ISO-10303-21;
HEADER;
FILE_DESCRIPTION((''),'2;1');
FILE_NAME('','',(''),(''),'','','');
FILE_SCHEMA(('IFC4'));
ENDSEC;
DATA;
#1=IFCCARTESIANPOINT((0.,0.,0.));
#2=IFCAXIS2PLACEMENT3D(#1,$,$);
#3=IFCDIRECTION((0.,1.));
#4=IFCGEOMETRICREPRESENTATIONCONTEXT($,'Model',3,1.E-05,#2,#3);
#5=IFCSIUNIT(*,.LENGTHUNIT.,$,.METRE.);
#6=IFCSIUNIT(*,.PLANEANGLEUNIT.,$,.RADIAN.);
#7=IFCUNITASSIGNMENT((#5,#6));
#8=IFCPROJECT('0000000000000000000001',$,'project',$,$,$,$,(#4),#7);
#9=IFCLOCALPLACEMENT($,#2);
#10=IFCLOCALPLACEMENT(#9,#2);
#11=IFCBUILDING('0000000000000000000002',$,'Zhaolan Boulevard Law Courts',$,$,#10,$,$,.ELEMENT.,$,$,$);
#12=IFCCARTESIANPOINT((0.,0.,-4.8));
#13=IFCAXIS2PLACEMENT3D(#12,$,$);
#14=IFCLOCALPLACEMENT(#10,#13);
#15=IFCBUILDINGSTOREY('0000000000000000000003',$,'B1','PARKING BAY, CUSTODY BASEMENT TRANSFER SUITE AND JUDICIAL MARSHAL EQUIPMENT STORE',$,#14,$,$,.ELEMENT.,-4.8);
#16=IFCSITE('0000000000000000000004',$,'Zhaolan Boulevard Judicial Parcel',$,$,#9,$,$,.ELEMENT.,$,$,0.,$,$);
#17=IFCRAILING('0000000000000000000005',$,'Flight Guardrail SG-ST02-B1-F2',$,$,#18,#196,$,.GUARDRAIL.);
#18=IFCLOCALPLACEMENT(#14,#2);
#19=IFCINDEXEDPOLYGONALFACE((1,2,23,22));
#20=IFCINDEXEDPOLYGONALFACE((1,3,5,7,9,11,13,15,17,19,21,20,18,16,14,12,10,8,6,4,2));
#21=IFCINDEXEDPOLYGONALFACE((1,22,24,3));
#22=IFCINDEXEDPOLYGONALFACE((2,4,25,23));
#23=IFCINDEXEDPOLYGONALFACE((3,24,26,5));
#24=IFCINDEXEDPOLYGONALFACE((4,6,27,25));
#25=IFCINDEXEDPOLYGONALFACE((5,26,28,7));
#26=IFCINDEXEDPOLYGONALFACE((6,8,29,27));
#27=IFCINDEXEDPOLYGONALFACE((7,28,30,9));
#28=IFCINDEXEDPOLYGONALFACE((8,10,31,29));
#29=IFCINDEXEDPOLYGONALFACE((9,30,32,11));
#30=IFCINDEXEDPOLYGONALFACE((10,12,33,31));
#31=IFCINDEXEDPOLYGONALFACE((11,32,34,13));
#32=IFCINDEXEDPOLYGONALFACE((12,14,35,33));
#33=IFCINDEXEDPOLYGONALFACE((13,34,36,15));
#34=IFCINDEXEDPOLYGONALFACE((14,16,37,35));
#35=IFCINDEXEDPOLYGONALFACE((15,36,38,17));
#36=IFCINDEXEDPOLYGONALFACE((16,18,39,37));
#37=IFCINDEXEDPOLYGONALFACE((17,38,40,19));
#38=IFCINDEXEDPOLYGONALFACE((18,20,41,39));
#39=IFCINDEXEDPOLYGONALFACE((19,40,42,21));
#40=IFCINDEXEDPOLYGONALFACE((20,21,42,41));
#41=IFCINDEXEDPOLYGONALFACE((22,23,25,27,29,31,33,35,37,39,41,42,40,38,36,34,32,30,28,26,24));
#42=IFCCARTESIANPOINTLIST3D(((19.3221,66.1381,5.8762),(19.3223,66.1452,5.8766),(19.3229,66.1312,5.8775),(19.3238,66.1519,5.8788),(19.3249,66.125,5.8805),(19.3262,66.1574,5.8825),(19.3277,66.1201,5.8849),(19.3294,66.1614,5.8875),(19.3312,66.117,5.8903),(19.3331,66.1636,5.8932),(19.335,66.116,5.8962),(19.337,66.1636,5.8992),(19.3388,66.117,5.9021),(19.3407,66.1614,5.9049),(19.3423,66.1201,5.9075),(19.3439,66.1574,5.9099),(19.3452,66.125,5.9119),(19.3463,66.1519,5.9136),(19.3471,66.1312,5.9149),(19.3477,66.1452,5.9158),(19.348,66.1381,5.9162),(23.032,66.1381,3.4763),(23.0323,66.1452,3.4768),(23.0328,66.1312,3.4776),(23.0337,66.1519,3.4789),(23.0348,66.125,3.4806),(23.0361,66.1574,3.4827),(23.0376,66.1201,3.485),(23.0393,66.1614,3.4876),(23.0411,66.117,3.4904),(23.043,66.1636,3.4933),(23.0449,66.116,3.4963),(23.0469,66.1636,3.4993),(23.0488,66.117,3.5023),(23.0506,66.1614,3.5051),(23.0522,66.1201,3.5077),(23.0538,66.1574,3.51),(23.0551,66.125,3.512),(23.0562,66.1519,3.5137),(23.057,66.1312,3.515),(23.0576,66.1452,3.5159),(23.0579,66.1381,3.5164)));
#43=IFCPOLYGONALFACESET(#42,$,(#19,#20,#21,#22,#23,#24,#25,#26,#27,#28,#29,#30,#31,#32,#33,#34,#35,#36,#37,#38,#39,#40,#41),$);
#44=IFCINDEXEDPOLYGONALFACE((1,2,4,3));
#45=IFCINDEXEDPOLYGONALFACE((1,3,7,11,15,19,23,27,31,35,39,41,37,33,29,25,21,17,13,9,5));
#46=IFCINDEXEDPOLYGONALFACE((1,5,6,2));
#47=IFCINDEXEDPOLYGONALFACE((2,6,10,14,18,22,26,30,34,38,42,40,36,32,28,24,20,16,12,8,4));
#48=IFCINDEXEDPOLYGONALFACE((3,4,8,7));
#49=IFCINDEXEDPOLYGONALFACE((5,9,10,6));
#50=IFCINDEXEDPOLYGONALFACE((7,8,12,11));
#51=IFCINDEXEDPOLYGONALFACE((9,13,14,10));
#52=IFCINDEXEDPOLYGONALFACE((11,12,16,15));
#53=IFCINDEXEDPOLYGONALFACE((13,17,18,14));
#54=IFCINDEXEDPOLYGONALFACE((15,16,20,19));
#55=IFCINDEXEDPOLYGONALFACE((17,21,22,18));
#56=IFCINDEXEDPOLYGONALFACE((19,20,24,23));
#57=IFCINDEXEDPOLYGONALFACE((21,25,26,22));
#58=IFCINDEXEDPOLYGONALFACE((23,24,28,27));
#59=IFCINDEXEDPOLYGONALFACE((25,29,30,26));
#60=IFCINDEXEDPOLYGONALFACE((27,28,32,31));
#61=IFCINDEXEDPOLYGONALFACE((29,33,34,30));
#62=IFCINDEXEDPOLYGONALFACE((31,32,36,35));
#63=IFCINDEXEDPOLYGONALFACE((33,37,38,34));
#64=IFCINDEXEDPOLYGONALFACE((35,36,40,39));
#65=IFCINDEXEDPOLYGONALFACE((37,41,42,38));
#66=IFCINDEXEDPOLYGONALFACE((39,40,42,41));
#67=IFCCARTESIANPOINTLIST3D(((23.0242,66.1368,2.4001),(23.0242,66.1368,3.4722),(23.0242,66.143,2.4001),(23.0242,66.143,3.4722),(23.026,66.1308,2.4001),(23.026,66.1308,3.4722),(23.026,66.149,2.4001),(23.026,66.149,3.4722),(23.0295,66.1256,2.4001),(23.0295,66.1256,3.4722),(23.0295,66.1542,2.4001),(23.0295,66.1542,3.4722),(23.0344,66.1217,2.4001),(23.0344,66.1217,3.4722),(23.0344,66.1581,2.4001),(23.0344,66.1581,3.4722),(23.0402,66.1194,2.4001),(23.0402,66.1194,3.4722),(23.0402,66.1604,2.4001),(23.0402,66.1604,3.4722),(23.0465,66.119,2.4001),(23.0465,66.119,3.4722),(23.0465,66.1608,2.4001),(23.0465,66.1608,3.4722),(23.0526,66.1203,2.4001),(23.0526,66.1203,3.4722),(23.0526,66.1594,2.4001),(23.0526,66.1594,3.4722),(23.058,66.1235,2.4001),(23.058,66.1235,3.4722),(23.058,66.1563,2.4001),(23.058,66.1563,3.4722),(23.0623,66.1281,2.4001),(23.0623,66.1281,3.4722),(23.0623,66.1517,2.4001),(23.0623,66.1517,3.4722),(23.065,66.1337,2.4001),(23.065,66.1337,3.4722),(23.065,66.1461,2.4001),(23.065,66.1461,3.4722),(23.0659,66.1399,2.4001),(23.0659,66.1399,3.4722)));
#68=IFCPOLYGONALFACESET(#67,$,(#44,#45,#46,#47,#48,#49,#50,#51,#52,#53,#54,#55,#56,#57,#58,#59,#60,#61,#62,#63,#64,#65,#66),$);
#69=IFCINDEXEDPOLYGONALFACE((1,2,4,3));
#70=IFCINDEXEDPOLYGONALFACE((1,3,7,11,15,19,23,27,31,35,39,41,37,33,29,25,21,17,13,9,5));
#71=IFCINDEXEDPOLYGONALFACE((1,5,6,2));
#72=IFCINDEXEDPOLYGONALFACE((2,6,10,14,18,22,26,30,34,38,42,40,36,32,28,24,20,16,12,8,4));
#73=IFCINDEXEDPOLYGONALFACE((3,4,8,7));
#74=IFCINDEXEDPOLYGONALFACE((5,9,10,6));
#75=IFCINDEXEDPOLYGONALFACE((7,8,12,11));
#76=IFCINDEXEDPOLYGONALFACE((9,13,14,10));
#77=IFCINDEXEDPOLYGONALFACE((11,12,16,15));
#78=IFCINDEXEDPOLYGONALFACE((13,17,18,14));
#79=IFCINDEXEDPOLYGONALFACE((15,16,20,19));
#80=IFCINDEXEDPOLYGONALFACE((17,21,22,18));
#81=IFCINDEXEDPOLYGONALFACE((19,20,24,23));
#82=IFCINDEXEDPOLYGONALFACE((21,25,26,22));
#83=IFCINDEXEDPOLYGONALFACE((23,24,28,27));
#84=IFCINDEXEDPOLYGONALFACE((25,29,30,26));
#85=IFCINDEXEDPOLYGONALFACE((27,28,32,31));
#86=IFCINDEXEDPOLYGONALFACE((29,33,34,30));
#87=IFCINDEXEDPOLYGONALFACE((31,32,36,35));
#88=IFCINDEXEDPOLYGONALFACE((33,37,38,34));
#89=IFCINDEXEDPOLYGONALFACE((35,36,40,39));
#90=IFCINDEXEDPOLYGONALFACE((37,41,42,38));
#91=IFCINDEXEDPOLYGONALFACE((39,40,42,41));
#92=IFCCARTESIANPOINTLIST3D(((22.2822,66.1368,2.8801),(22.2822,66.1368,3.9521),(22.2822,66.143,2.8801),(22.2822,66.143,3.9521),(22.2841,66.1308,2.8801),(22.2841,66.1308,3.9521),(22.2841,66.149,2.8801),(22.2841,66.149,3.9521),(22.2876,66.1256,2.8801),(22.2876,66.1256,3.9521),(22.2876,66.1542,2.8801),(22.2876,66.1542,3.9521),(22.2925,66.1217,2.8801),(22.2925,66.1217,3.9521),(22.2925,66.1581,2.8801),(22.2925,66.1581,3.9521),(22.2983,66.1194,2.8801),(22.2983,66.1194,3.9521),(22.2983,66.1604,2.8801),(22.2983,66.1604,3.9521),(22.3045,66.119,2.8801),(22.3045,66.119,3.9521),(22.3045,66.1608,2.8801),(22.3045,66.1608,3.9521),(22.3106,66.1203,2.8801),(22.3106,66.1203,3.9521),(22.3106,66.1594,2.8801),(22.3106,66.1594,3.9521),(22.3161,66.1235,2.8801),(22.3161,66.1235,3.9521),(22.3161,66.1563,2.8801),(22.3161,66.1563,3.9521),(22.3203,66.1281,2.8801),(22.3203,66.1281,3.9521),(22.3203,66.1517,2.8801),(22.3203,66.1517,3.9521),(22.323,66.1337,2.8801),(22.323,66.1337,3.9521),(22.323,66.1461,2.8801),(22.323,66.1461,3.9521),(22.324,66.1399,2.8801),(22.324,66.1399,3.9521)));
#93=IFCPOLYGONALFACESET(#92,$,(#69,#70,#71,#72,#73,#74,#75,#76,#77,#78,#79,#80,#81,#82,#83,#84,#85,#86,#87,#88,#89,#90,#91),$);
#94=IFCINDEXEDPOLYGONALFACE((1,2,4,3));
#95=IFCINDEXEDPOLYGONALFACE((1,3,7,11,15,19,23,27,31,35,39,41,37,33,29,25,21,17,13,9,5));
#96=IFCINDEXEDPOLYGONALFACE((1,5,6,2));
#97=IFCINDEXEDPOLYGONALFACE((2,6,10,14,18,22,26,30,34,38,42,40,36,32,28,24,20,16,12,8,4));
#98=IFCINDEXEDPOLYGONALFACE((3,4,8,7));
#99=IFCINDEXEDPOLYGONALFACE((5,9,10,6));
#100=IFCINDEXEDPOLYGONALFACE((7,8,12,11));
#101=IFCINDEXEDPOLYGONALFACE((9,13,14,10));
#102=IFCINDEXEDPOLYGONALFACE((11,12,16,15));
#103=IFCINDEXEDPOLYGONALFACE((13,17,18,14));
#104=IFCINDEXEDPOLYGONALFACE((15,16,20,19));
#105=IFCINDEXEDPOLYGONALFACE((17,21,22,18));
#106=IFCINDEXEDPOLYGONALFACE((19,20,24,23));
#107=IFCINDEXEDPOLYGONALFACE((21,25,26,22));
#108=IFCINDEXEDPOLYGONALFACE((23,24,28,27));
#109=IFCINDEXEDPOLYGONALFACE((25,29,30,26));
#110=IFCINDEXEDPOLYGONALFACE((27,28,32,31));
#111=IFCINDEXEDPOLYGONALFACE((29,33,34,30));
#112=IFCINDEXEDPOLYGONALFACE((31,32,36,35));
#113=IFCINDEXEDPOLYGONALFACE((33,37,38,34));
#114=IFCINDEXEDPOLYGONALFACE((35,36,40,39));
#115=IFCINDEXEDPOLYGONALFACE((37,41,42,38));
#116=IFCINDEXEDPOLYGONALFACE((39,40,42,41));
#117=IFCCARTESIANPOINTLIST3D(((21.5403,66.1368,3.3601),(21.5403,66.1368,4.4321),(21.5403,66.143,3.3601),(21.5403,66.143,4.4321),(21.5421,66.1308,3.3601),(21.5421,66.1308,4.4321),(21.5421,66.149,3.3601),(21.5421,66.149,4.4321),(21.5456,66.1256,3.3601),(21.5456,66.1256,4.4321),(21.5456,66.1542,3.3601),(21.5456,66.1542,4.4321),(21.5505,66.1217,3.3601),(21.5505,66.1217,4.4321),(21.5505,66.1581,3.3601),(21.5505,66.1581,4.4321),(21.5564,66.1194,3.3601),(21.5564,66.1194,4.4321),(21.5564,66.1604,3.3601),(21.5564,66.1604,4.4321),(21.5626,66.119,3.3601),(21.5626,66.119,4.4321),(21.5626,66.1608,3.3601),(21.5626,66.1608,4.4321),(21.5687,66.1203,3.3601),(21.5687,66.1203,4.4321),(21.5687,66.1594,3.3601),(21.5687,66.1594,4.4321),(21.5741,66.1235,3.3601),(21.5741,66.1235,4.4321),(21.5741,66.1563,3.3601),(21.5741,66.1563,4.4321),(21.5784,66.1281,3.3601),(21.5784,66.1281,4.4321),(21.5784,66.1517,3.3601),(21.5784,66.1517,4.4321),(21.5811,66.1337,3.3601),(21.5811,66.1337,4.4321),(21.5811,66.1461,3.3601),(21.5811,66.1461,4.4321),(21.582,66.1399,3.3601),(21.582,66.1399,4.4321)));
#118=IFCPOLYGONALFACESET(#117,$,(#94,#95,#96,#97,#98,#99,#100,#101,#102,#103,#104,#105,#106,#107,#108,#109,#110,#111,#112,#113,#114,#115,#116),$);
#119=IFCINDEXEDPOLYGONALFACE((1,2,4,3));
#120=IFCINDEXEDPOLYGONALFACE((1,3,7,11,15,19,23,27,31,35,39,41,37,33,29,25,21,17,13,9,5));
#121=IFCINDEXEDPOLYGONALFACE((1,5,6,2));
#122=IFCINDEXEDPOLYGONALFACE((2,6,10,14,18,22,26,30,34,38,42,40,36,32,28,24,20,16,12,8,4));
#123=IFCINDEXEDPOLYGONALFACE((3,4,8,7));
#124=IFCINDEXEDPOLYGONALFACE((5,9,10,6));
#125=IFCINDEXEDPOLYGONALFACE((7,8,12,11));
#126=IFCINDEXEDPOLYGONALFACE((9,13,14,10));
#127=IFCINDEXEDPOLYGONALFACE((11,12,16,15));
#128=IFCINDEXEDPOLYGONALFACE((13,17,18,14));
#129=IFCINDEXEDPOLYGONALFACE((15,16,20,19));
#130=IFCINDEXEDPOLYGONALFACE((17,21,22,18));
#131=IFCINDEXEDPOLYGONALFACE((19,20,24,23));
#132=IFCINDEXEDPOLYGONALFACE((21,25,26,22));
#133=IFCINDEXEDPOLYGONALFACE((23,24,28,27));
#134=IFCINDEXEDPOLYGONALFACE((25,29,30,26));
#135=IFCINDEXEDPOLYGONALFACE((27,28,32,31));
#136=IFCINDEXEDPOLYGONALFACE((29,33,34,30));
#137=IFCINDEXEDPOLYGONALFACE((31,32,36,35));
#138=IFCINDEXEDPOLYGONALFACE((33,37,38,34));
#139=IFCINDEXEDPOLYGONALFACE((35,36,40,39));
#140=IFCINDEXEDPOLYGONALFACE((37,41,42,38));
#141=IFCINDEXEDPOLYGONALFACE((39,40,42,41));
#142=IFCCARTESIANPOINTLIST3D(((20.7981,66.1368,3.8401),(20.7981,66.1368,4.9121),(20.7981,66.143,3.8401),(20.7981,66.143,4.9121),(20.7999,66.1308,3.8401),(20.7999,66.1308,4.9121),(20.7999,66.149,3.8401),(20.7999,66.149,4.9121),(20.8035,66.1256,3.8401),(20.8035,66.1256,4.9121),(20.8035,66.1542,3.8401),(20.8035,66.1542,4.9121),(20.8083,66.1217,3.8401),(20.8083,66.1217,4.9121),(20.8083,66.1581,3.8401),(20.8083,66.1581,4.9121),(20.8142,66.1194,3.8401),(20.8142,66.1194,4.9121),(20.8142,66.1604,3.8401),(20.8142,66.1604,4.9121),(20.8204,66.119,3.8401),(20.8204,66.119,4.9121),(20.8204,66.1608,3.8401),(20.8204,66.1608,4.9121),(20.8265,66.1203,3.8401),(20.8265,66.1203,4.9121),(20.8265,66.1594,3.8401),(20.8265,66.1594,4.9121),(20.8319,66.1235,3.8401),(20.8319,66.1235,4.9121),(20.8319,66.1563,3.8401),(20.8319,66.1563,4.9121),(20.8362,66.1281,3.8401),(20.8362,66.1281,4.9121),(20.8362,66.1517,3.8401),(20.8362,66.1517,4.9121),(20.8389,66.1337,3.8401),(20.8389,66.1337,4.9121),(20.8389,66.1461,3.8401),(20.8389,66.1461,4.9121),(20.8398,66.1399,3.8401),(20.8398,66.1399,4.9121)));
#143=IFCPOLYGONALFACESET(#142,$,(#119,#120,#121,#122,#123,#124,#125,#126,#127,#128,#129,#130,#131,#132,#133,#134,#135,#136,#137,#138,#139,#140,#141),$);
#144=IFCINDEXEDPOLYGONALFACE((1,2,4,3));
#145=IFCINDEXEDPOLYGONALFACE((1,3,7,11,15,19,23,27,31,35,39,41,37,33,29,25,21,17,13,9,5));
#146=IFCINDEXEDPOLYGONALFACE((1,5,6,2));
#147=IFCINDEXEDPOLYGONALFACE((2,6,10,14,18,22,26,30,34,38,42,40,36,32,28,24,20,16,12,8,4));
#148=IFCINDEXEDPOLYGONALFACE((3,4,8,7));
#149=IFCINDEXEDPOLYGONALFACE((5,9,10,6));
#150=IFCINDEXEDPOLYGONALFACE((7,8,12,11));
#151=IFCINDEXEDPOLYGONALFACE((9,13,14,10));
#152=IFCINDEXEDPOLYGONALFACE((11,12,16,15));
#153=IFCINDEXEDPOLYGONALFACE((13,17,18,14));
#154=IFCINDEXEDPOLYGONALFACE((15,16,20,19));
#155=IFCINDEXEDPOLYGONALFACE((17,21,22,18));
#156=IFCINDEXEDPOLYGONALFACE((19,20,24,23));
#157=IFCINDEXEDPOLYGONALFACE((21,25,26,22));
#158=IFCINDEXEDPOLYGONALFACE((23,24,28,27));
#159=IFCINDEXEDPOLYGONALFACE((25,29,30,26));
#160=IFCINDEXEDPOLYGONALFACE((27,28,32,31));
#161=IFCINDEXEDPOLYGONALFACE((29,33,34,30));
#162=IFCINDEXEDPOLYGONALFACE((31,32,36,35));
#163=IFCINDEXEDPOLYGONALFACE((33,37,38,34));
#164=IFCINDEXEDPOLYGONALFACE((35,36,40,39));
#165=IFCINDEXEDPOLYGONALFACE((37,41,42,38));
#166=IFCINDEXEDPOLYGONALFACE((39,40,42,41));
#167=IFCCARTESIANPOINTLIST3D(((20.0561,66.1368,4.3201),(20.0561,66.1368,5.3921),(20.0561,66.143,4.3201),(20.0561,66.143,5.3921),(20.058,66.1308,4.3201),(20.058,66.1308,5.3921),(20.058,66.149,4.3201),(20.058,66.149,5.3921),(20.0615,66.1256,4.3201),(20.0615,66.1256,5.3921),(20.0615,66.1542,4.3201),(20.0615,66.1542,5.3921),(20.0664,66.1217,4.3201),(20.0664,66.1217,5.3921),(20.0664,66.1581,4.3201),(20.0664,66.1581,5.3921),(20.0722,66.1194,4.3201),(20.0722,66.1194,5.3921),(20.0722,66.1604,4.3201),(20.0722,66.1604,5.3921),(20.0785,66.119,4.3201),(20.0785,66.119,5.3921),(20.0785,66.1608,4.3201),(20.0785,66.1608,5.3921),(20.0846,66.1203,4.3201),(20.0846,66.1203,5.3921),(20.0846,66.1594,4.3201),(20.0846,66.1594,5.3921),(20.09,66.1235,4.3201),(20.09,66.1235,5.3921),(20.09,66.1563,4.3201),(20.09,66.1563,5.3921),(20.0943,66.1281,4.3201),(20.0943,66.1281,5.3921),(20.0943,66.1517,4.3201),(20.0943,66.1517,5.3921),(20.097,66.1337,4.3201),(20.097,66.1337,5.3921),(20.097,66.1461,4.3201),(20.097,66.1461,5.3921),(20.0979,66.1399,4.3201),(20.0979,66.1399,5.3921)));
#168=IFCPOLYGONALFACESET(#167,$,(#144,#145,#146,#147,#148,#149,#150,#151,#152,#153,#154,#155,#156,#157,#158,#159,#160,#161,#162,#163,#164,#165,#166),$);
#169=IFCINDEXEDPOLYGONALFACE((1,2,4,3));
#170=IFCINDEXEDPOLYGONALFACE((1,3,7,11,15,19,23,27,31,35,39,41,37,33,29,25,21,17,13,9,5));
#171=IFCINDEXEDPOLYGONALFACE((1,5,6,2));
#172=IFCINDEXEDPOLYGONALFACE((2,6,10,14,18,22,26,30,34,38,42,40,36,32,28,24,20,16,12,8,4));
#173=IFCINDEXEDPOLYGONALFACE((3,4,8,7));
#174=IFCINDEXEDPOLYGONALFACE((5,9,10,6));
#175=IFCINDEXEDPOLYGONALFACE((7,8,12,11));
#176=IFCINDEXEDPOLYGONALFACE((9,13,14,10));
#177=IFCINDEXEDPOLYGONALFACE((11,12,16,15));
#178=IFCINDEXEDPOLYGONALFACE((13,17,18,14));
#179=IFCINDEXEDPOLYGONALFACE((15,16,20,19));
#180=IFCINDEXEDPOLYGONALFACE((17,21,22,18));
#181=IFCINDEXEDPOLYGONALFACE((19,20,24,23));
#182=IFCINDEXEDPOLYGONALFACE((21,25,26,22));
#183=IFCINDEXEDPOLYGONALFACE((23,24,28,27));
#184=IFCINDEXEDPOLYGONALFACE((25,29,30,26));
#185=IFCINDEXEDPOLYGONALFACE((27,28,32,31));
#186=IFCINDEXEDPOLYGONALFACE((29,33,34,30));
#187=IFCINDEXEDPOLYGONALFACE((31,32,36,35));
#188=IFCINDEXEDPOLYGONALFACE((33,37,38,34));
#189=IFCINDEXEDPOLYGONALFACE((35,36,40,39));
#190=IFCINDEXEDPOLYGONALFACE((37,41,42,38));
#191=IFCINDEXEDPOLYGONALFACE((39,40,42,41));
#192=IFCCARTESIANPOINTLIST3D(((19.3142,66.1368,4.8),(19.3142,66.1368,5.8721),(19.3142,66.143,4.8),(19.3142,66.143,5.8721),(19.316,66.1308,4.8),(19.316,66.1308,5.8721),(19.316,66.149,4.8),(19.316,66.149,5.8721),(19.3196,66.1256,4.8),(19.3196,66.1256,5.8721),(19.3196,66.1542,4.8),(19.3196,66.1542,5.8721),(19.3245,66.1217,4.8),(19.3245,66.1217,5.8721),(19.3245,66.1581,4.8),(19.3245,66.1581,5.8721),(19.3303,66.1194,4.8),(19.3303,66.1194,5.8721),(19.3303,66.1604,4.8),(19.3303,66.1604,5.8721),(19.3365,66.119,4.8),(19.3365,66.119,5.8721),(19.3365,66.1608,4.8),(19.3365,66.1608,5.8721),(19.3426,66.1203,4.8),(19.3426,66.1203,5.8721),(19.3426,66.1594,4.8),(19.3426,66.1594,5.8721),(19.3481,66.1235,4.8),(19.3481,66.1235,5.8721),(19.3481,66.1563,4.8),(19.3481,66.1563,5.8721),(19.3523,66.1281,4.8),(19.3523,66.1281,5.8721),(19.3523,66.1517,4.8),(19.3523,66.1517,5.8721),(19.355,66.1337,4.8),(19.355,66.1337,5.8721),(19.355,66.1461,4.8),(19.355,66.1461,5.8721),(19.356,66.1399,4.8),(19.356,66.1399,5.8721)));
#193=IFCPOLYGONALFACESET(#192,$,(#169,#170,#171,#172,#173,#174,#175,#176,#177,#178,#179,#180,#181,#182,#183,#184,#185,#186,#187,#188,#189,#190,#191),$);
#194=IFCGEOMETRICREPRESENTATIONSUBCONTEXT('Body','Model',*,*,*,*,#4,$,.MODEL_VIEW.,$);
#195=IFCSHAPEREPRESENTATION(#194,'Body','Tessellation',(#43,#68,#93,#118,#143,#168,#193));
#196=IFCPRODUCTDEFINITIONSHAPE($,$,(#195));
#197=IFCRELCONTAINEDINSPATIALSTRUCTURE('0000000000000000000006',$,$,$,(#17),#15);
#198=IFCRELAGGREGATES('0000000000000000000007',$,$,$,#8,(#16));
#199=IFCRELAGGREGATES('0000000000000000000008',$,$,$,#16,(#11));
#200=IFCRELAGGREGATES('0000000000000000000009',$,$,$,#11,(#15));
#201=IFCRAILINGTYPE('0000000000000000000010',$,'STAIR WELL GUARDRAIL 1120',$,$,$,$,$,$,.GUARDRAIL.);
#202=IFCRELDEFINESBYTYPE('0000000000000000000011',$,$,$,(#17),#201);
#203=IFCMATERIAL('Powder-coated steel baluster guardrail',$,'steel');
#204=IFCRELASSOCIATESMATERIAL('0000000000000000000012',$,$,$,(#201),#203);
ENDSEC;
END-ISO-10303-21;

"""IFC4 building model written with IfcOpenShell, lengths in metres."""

from ifc_helpers import new_model, si_unit, direction, frame, origin, origin_2d, place, context, subcontext, project, spatial, circle, extrude, material, type_object, element, save


model = new_model("IFC4")

# Units and contexts
model_context = context("Model", 3, precision=1e-05, world=origin(), true_north=direction((0.0, 1.0)))
body_context = subcontext(model_context, "Body", "Model", "MODEL_VIEW")
ifc_project = project(units=[si_unit("LENGTHUNIT", "METRE"), si_unit("PLANEANGLEUNIT", "RADIAN")], contexts=[model_context])

# Site, building, storey
site_placement = place(None, origin())
site = spatial("IfcSite", under=ifc_project, at=site_placement, Name="Zhaolan Boulevard Judicial Parcel", CompositionType="ELEMENT", RefElevation=0.0)
building_placement = place(site_placement, origin())
building = spatial("IfcBuilding", under=site, at=building_placement, Name="Zhaolan Boulevard Law Courts", CompositionType="ELEMENT")
storey_placement = place(building_placement, frame((0.0, 0.0, -4.8)))
storey = spatial("IfcBuildingStorey", under=building, at=storey_placement, Name="B1", Description="PARKING BAY, CUSTODY BASEMENT TRANSFER SUITE AND JUDICIAL MARSHAL EQUIPMENT STORE", CompositionType="ELEMENT", Elevation=-4.8)

# Railing
ifc_material_1 = material(Name="Powder-coated steel baluster guardrail", Category="steel")
railing_type = type_object("IfcRailingType", Name="STAIR WELL GUARDRAIL 1120", PredefinedType="GUARDRAIL", material=ifc_material_1)
railing_placement = place(storey_placement, frame((23.0449, 66.1399, 2.4001)))
element("IfcRailing", 1, at=railing_placement, inside=storey, type_object=railing_type, Name="Flight Guardrail SG-ST02-B1-F2", PredefinedType="GUARDRAIL", context=body_context, shape_type="SweptSolid", body=[
    extrude(circle(Radius=0.0239, at=origin_2d()), frame((0.0, 0.0, 1.0962), z_axis=(-0.839638, 0.0, 0.543146), x_axis=(0.0, -1.0, 0.0)), (0.0, 0.0, 1.0), 4.4185),
    extrude(circle(Radius=0.021, at=origin_2d()), origin(), (0.0, 0.0, 1.0), 1.072),
    extrude(circle(Radius=0.021, at=origin_2d()), frame((-0.7419, 0.0, 0.48)), (0.0, 0.0, 1.0), 1.072),
    extrude(circle(Radius=0.021, at=origin_2d()), frame((-1.4839, 0.0, 0.96)), (0.0, 0.0, 1.0), 1.072),
    extrude(circle(Radius=0.021, at=origin_2d()), frame((-2.2261, 0.0, 1.4399)), (0.0, 0.0, 1.0), 1.072),
    extrude(circle(Radius=0.021, at=origin_2d()), frame((-2.968, 0.0, 1.9199)), (0.0, 0.0, 1.0), 1.072),
    extrude(circle(Radius=0.021, at=origin_2d()), frame((-3.71, 0.0, 2.3999)), (0.0, 0.0, 1.0), 1.072),
])

save(model, "model.ifc")
